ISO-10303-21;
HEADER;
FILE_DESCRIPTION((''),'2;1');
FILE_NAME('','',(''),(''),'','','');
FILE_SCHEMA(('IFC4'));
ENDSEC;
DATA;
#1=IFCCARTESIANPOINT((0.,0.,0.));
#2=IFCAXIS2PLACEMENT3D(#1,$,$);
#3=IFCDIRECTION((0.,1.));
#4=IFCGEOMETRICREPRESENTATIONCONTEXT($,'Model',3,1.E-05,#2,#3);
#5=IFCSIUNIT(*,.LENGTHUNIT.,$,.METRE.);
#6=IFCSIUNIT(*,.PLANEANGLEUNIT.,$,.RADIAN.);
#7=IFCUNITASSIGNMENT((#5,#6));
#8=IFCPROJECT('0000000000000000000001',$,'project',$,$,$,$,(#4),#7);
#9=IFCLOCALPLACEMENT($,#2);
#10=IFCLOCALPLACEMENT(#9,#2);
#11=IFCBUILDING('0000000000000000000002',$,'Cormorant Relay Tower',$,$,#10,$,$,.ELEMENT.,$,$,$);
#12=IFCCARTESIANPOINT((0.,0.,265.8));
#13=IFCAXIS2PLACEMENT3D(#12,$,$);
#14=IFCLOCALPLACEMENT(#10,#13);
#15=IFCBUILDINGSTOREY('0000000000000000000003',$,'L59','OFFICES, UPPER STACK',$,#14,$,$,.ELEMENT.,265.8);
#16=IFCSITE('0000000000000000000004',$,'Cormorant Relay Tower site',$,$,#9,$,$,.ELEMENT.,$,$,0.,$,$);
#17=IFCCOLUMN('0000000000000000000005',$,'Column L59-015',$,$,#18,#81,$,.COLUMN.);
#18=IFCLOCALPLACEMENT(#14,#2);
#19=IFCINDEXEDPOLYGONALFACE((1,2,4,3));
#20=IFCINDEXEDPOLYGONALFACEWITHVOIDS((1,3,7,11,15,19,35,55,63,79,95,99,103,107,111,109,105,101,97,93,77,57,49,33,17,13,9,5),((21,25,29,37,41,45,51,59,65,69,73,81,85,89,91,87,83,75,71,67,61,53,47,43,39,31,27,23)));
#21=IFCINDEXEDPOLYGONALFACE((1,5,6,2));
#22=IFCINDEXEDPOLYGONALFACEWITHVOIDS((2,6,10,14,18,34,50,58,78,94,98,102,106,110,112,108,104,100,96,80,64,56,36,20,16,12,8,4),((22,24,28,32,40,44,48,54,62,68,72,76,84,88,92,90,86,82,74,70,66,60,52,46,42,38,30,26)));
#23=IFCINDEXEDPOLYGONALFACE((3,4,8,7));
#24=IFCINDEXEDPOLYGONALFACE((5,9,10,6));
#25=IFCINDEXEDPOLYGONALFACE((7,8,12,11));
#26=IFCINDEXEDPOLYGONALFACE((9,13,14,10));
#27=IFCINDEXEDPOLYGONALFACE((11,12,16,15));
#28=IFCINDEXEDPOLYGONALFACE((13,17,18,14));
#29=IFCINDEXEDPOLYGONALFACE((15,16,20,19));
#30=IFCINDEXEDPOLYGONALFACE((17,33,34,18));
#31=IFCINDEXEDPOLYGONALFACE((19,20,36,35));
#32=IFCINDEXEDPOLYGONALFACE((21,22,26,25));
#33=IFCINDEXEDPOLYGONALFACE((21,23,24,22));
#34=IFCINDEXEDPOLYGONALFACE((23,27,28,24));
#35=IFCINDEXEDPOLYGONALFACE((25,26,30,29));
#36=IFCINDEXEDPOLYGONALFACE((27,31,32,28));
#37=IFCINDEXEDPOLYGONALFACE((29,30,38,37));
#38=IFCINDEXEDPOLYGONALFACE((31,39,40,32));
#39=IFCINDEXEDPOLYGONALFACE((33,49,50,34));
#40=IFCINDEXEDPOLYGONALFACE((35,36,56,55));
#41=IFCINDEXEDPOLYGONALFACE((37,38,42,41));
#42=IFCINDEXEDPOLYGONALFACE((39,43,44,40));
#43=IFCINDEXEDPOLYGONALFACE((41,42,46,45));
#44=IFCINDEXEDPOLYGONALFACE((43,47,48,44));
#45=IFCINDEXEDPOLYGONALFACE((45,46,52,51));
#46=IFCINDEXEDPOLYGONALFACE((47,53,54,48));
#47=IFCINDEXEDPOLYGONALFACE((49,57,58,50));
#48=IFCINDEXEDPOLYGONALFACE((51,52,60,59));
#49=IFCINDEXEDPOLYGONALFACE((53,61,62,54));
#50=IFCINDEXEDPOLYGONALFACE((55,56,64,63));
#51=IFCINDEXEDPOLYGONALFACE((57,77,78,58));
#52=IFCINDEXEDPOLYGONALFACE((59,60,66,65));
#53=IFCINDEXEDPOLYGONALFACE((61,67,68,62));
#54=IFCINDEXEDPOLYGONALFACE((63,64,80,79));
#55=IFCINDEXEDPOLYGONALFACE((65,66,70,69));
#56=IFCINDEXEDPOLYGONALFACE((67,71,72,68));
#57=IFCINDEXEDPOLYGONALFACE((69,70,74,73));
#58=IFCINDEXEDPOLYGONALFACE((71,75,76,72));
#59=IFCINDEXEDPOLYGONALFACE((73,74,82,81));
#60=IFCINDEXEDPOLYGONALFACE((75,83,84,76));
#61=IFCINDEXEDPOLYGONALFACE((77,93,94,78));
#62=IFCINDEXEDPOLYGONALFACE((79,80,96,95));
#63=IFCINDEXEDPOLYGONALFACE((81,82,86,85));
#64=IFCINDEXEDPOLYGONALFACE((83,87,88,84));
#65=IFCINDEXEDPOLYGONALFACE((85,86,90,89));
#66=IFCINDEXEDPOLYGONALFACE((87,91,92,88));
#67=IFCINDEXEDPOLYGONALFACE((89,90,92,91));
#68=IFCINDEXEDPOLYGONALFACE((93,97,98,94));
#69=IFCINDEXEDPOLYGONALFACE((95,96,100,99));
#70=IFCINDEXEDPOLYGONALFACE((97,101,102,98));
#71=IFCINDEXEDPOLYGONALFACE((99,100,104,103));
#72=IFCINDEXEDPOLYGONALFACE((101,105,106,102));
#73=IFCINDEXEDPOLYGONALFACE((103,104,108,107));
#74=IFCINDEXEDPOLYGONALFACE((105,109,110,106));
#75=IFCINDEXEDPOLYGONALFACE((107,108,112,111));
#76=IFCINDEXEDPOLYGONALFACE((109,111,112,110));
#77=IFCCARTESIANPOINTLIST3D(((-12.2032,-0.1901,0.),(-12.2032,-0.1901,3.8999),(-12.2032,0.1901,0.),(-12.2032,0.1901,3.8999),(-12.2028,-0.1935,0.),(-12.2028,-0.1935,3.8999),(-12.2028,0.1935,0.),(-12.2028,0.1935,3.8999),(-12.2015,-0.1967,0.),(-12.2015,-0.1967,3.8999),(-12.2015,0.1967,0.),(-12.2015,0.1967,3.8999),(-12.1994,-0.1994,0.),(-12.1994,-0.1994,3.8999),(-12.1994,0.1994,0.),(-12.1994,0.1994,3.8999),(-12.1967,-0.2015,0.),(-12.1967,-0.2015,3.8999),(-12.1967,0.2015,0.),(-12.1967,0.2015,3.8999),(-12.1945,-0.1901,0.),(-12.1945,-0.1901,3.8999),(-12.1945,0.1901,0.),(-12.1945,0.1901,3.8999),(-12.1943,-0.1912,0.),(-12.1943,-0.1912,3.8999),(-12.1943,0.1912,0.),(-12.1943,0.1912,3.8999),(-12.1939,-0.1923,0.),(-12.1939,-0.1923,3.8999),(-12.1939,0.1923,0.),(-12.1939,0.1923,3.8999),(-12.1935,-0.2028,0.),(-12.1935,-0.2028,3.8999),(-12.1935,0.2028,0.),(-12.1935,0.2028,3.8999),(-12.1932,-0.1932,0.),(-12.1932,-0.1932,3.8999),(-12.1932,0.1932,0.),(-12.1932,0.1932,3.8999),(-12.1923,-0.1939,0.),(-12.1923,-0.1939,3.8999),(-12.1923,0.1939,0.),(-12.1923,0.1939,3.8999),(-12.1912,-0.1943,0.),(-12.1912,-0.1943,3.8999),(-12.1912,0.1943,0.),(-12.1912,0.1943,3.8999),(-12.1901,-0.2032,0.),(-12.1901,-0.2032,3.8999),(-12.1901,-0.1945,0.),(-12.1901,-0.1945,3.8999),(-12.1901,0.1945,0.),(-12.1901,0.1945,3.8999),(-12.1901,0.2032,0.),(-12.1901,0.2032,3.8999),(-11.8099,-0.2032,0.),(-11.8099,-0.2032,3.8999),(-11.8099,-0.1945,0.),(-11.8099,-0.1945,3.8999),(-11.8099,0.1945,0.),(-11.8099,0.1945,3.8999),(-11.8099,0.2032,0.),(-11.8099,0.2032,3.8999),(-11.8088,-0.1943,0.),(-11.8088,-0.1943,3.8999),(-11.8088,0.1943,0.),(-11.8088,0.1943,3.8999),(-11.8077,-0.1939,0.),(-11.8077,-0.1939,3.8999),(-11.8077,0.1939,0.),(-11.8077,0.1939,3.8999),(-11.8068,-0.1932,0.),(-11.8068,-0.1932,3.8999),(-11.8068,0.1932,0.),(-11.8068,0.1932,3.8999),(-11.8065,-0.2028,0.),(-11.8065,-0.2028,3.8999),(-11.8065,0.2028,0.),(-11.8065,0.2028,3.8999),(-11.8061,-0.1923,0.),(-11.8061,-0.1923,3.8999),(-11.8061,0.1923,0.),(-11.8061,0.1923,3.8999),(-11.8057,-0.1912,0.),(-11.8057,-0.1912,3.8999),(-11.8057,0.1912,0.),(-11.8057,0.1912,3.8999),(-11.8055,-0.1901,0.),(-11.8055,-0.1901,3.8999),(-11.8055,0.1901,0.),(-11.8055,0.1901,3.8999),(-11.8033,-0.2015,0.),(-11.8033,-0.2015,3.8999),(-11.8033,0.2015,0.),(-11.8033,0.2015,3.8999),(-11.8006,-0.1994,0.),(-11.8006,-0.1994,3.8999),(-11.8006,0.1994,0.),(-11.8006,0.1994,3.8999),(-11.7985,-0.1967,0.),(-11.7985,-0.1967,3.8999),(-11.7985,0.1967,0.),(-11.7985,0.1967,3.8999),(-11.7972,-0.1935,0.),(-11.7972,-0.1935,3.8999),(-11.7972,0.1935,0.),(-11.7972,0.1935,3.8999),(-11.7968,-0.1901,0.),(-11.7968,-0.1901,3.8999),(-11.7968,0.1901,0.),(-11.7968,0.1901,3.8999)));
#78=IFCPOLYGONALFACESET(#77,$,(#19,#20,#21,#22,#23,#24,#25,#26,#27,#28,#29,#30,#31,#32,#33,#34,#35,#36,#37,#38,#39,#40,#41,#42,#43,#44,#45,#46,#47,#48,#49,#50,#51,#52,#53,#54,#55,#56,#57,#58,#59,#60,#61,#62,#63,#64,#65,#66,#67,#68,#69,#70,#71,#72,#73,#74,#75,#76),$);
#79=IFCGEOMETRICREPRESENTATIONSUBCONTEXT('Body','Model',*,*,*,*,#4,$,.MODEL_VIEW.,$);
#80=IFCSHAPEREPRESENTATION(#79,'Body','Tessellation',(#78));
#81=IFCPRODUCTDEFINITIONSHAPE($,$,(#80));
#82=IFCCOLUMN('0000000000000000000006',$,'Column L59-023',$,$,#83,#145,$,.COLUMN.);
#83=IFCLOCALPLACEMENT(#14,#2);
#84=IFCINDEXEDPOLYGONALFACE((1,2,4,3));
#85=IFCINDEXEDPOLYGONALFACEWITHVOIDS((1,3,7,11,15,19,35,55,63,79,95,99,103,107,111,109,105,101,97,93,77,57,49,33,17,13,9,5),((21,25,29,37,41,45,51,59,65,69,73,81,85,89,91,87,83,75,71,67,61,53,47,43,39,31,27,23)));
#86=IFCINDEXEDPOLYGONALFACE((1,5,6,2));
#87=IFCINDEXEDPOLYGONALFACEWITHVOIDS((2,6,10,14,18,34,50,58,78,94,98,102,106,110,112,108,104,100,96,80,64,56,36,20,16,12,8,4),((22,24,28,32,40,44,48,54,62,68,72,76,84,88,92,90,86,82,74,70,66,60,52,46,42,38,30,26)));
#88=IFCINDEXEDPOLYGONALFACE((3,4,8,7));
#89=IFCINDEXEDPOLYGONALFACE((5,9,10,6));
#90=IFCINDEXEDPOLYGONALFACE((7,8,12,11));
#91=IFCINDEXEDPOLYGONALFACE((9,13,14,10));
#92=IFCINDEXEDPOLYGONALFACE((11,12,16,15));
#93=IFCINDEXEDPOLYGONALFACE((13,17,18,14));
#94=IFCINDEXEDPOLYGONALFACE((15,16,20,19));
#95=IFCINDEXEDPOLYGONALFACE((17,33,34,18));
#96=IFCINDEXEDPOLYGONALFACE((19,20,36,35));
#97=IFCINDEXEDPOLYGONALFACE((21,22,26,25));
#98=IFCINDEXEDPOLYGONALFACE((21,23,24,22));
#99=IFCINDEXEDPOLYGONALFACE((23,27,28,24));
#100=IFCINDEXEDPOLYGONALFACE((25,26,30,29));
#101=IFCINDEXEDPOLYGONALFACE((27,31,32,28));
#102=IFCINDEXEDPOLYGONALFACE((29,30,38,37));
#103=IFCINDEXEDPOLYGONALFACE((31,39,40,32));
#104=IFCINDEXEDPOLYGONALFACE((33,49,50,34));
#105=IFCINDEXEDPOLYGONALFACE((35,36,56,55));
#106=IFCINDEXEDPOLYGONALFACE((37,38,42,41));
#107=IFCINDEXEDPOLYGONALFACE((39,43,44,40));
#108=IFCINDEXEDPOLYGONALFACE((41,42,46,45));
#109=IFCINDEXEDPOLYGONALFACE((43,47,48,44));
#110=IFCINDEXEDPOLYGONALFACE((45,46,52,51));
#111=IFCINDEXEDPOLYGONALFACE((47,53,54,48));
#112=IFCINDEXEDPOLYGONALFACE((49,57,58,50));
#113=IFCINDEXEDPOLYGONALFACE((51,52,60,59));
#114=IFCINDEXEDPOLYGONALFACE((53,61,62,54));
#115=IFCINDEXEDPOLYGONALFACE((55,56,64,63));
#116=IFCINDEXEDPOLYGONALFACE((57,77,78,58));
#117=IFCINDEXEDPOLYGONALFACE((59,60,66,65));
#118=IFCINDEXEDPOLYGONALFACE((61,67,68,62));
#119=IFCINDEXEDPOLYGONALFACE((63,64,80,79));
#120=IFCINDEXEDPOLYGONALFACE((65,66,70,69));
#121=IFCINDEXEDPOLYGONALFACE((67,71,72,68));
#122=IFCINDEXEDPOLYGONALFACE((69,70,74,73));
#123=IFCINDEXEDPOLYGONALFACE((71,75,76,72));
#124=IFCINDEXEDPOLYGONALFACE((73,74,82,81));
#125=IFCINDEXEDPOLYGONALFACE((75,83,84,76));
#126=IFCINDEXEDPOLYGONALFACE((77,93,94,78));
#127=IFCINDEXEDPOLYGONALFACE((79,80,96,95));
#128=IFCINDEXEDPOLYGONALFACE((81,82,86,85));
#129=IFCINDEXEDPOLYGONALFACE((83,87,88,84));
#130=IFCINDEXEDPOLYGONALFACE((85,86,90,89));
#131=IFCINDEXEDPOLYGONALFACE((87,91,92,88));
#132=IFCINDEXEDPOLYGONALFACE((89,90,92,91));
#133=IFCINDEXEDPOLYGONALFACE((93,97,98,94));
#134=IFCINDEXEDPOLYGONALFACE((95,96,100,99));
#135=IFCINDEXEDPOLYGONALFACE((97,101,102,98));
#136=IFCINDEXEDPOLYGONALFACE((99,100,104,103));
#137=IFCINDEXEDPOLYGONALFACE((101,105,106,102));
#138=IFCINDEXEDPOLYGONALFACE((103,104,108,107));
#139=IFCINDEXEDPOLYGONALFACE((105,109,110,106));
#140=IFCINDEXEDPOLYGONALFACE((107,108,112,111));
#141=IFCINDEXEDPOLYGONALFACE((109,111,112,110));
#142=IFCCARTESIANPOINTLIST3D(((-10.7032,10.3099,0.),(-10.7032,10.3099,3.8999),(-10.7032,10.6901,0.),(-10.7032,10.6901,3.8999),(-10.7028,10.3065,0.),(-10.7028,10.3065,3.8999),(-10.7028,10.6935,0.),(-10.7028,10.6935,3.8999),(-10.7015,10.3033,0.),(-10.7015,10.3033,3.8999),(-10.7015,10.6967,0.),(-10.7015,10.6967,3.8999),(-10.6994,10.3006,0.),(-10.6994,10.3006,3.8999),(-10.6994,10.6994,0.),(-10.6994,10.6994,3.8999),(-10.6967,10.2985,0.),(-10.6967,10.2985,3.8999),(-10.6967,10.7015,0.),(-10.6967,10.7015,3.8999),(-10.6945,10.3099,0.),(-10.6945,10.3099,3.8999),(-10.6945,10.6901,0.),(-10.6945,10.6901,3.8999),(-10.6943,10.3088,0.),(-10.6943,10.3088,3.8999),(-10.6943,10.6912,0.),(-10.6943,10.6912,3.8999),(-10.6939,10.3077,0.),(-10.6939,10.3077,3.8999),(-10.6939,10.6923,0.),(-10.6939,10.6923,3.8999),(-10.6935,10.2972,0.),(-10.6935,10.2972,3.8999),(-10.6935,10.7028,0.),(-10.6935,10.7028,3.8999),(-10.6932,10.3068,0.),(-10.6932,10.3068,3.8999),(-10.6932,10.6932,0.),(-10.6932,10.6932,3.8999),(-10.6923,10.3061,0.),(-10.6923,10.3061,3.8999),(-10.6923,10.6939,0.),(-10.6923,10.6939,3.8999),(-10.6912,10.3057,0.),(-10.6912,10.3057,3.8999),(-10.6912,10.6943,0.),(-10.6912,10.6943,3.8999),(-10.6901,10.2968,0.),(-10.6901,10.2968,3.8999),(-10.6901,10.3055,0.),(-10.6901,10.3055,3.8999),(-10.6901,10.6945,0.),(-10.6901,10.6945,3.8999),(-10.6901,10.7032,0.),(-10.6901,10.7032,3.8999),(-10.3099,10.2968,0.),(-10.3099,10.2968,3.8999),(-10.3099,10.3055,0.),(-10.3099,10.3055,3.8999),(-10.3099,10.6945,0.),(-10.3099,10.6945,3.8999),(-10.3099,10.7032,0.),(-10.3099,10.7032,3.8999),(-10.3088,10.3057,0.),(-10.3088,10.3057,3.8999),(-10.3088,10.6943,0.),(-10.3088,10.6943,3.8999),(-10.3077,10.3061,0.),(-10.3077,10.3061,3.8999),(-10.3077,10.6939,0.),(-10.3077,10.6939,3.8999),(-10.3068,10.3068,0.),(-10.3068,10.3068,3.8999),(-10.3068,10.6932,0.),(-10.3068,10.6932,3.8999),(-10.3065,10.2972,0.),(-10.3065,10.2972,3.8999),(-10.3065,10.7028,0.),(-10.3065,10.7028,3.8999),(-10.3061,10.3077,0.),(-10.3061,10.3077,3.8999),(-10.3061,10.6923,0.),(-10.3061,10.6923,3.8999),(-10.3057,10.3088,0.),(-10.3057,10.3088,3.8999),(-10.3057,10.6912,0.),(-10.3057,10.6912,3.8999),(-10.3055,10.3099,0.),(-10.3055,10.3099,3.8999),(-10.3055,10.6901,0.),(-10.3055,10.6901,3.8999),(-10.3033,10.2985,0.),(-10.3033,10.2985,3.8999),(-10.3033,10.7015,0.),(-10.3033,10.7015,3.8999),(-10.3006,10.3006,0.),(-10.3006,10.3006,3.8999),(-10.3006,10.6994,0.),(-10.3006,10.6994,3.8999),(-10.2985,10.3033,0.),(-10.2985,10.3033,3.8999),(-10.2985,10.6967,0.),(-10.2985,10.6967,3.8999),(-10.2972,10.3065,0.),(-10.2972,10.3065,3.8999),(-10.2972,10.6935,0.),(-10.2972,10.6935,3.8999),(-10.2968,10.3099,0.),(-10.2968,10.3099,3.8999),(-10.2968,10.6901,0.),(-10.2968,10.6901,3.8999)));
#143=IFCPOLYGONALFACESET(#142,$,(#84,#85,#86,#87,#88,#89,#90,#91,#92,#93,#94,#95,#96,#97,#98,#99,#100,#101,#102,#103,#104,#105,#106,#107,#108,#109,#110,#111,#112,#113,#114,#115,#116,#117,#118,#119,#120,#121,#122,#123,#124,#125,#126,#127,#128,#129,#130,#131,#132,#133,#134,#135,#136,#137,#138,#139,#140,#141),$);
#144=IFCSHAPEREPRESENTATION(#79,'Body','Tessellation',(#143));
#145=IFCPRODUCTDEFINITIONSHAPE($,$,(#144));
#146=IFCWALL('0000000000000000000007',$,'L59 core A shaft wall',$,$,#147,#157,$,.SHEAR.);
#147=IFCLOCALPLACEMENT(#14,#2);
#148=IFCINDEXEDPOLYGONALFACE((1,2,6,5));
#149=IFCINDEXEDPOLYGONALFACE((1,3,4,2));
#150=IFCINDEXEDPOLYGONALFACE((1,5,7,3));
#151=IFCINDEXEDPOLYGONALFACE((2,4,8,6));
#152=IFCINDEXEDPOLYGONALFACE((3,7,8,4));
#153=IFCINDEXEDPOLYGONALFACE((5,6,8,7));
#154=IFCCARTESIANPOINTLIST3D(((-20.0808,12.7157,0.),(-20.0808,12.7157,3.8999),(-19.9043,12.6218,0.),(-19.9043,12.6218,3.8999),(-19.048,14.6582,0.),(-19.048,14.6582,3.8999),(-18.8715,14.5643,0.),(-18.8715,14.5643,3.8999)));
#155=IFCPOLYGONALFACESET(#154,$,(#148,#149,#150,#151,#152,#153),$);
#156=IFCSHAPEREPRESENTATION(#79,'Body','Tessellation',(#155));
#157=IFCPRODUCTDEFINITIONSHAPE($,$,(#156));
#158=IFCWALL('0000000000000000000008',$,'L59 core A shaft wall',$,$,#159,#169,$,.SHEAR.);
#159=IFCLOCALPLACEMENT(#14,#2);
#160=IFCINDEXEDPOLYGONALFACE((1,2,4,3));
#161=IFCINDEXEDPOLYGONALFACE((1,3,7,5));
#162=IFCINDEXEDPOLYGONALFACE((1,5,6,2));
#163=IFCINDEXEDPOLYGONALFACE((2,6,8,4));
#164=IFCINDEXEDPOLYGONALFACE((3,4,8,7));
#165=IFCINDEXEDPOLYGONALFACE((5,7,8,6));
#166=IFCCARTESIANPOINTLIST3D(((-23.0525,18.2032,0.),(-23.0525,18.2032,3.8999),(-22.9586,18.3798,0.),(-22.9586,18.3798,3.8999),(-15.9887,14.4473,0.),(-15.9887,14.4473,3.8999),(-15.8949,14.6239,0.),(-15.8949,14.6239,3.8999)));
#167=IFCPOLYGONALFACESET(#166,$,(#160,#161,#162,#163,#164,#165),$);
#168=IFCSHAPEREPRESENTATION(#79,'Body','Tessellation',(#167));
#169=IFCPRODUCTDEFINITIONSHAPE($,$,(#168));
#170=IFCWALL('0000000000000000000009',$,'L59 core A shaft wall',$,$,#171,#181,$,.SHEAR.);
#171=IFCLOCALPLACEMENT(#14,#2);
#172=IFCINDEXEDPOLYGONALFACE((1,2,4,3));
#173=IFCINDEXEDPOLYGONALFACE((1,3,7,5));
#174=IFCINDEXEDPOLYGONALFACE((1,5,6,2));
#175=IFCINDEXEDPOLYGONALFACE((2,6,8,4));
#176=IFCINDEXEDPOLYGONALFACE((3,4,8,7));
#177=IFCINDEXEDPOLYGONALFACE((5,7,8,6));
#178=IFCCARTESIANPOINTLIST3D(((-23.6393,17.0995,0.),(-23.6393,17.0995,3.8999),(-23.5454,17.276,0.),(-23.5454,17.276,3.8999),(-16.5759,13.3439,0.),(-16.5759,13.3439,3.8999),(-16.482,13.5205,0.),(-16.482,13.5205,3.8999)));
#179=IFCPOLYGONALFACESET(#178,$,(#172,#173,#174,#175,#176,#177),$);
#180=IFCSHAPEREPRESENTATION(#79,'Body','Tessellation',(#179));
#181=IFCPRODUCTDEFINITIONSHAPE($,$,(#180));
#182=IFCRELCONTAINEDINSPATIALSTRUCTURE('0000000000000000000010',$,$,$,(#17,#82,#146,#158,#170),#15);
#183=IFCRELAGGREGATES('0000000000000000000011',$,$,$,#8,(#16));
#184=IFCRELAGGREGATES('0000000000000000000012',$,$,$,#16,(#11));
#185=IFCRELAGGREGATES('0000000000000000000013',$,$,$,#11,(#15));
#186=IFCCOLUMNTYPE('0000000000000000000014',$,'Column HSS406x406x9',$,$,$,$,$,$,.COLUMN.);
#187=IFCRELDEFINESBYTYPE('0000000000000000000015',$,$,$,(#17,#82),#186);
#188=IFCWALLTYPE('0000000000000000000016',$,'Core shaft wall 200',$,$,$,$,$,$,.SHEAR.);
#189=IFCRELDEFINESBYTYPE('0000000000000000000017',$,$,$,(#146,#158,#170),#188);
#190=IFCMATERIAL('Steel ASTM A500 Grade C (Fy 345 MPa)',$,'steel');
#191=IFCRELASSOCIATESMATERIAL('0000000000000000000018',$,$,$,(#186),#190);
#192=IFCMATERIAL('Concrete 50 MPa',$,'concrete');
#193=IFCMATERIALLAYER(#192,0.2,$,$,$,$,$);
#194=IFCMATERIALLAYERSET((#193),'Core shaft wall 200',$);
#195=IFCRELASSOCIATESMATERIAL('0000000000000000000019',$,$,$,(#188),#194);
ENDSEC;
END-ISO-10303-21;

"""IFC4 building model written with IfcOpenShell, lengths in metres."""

from ifc_helpers import new_model, si_unit, direction, frame, frame_2d, origin, origin_2d, place, context, subcontext, project, spatial, rectangle, hollow_rectangle, extrude, material, layer, layer_set, material_profile, profile_set, type_object, element, save


model = new_model("IFC4")

# Units and contexts
model_context = context("Model", 3, precision=1e-05, world=origin(), true_north=direction((0.0, 1.0)))
body_context = subcontext(model_context, "Body", "Model", "MODEL_VIEW")
ifc_project = project(units=[si_unit("LENGTHUNIT", "METRE"), si_unit("PLANEANGLEUNIT", "RADIAN")], contexts=[model_context])

# Site, building, storey
site_placement = place(None, origin())
site = spatial("IfcSite", under=ifc_project, at=site_placement, Name="Cormorant Relay Tower site", CompositionType="ELEMENT", RefElevation=0.0)
building_placement = place(site_placement, origin())
building = spatial("IfcBuilding", under=site, at=building_placement, Name="Cormorant Relay Tower", CompositionType="ELEMENT")
storey_placement = place(building_placement, frame((0.0, 0.0, 265.8)))
storey = spatial("IfcBuildingStorey", under=building, at=storey_placement, Name="L59", Description="OFFICES, UPPER STACK", CompositionType="ELEMENT", Elevation=265.8)

# Columns
ifc_material_1 = material(Name="Steel ASTM A500 Grade C (Fy 345 MPa)", Category="steel")
ifc_material_profile = material_profile(ifc_material_1, hollow_rectangle(XDim=0.4065, YDim=0.4065, WallThickness=0.0088, InnerFilletRadius=0.0044, OuterFilletRadius=0.0132, at=origin_2d()), Name="HSS406x406x9")
ifc_profile_set = profile_set([ifc_material_profile], Name="Steel ASTM A500 Grade C (Fy 345 MPa)")
column_type = type_object("IfcColumnType", Name="Column HSS406x406x9", PredefinedType="COLUMN", material=ifc_profile_set)
for number, where, z_axis, x_axis, name in (
    (1, (-12.0, 0.0, 0.0), (0.0, 0.0, 1.0), (1.0, 0.0, 0.0), "Column L59-015"),
    (2, (-10.5, 10.5, 0.0), (0.0, 0.0, 1.0), (1.0, 0.0, 0.0), "Column L59-023"),
):
    element("IfcColumn", number, at=place(storey_placement, frame(where, z_axis=z_axis, x_axis=x_axis)), inside=storey, type_object=column_type, Name=name, PredefinedType="COLUMN", context=body_context, shape_type="SweptSolid", body=[
        extrude(hollow_rectangle(XDim=0.4065, YDim=0.4065, WallThickness=0.0088, InnerFilletRadius=0.0044, OuterFilletRadius=0.0132, at=origin_2d()), origin(), (0.0, 0.0, 1.0), 3.8999),
    ])

# Walls
ifc_material_2 = material(Name="Concrete 50 MPa", Category="concrete")
ifc_layer_1 = layer(ifc_material_2, 0.2)
ifc_layer_set_1 = layer_set([ifc_layer_1], Name="Core shaft wall 200")
wall_type_1 = type_object("IfcWallType", Name="Core shaft wall 200", PredefinedType="SHEAR", material=ifc_layer_set_1)
wall_1_placement = place(storey_placement, frame((-18.9597, 14.6113, 0.0), z_axis=(0.0, 0.0, 1.0), x_axis=(-0.469447, -0.88296, 0.0)))
element("IfcWall", 3, at=wall_1_placement, inside=storey, type_object=wall_type_1, Name="L59 core A shaft wall", PredefinedType="SHEAR", context=body_context, shape_type="SweptSolid", body=[
    extrude(rectangle(XDim=2.2, YDim=0.2, at=frame_2d((1.1001, 0.0))), origin(), (0.0, 0.0, 1.0), 3.8999),
])
wall_2_placement = place(storey_placement, frame((-15.9419, 14.5356, 0.0), z_axis=(0.0, 0.0, 1.0), x_axis=(-0.882947, 0.469473, 0.0)))
element("IfcWall", 4, at=wall_2_placement, inside=storey, type_object=wall_type_1, Name="L59 core A shaft wall", PredefinedType="SHEAR", context=body_context, shape_type="SweptSolid", body=[
    extrude(rectangle(XDim=8.0002, YDim=0.2, at=frame_2d((4.0, 0.0))), origin(), (0.0, 0.0, 1.0), 3.8999),
])
wall_3_placement = place(storey_placement, frame((-16.5288, 13.4321, 0.0), z_axis=(0.0, 0.0, 1.0), x_axis=(-0.882953, 0.469462, 0.0)))
element("IfcWall", 5, at=wall_3_placement, inside=storey, type_object=wall_type_1, Name="L59 core A shaft wall", PredefinedType="SHEAR", context=body_context, shape_type="SweptSolid", body=[
    extrude(rectangle(XDim=7.9998, YDim=0.2, at=frame_2d((4.0, 0.0))), origin(), (0.0, 0.0, 1.0), 3.8999),
])

save(model, "model.ifc")
